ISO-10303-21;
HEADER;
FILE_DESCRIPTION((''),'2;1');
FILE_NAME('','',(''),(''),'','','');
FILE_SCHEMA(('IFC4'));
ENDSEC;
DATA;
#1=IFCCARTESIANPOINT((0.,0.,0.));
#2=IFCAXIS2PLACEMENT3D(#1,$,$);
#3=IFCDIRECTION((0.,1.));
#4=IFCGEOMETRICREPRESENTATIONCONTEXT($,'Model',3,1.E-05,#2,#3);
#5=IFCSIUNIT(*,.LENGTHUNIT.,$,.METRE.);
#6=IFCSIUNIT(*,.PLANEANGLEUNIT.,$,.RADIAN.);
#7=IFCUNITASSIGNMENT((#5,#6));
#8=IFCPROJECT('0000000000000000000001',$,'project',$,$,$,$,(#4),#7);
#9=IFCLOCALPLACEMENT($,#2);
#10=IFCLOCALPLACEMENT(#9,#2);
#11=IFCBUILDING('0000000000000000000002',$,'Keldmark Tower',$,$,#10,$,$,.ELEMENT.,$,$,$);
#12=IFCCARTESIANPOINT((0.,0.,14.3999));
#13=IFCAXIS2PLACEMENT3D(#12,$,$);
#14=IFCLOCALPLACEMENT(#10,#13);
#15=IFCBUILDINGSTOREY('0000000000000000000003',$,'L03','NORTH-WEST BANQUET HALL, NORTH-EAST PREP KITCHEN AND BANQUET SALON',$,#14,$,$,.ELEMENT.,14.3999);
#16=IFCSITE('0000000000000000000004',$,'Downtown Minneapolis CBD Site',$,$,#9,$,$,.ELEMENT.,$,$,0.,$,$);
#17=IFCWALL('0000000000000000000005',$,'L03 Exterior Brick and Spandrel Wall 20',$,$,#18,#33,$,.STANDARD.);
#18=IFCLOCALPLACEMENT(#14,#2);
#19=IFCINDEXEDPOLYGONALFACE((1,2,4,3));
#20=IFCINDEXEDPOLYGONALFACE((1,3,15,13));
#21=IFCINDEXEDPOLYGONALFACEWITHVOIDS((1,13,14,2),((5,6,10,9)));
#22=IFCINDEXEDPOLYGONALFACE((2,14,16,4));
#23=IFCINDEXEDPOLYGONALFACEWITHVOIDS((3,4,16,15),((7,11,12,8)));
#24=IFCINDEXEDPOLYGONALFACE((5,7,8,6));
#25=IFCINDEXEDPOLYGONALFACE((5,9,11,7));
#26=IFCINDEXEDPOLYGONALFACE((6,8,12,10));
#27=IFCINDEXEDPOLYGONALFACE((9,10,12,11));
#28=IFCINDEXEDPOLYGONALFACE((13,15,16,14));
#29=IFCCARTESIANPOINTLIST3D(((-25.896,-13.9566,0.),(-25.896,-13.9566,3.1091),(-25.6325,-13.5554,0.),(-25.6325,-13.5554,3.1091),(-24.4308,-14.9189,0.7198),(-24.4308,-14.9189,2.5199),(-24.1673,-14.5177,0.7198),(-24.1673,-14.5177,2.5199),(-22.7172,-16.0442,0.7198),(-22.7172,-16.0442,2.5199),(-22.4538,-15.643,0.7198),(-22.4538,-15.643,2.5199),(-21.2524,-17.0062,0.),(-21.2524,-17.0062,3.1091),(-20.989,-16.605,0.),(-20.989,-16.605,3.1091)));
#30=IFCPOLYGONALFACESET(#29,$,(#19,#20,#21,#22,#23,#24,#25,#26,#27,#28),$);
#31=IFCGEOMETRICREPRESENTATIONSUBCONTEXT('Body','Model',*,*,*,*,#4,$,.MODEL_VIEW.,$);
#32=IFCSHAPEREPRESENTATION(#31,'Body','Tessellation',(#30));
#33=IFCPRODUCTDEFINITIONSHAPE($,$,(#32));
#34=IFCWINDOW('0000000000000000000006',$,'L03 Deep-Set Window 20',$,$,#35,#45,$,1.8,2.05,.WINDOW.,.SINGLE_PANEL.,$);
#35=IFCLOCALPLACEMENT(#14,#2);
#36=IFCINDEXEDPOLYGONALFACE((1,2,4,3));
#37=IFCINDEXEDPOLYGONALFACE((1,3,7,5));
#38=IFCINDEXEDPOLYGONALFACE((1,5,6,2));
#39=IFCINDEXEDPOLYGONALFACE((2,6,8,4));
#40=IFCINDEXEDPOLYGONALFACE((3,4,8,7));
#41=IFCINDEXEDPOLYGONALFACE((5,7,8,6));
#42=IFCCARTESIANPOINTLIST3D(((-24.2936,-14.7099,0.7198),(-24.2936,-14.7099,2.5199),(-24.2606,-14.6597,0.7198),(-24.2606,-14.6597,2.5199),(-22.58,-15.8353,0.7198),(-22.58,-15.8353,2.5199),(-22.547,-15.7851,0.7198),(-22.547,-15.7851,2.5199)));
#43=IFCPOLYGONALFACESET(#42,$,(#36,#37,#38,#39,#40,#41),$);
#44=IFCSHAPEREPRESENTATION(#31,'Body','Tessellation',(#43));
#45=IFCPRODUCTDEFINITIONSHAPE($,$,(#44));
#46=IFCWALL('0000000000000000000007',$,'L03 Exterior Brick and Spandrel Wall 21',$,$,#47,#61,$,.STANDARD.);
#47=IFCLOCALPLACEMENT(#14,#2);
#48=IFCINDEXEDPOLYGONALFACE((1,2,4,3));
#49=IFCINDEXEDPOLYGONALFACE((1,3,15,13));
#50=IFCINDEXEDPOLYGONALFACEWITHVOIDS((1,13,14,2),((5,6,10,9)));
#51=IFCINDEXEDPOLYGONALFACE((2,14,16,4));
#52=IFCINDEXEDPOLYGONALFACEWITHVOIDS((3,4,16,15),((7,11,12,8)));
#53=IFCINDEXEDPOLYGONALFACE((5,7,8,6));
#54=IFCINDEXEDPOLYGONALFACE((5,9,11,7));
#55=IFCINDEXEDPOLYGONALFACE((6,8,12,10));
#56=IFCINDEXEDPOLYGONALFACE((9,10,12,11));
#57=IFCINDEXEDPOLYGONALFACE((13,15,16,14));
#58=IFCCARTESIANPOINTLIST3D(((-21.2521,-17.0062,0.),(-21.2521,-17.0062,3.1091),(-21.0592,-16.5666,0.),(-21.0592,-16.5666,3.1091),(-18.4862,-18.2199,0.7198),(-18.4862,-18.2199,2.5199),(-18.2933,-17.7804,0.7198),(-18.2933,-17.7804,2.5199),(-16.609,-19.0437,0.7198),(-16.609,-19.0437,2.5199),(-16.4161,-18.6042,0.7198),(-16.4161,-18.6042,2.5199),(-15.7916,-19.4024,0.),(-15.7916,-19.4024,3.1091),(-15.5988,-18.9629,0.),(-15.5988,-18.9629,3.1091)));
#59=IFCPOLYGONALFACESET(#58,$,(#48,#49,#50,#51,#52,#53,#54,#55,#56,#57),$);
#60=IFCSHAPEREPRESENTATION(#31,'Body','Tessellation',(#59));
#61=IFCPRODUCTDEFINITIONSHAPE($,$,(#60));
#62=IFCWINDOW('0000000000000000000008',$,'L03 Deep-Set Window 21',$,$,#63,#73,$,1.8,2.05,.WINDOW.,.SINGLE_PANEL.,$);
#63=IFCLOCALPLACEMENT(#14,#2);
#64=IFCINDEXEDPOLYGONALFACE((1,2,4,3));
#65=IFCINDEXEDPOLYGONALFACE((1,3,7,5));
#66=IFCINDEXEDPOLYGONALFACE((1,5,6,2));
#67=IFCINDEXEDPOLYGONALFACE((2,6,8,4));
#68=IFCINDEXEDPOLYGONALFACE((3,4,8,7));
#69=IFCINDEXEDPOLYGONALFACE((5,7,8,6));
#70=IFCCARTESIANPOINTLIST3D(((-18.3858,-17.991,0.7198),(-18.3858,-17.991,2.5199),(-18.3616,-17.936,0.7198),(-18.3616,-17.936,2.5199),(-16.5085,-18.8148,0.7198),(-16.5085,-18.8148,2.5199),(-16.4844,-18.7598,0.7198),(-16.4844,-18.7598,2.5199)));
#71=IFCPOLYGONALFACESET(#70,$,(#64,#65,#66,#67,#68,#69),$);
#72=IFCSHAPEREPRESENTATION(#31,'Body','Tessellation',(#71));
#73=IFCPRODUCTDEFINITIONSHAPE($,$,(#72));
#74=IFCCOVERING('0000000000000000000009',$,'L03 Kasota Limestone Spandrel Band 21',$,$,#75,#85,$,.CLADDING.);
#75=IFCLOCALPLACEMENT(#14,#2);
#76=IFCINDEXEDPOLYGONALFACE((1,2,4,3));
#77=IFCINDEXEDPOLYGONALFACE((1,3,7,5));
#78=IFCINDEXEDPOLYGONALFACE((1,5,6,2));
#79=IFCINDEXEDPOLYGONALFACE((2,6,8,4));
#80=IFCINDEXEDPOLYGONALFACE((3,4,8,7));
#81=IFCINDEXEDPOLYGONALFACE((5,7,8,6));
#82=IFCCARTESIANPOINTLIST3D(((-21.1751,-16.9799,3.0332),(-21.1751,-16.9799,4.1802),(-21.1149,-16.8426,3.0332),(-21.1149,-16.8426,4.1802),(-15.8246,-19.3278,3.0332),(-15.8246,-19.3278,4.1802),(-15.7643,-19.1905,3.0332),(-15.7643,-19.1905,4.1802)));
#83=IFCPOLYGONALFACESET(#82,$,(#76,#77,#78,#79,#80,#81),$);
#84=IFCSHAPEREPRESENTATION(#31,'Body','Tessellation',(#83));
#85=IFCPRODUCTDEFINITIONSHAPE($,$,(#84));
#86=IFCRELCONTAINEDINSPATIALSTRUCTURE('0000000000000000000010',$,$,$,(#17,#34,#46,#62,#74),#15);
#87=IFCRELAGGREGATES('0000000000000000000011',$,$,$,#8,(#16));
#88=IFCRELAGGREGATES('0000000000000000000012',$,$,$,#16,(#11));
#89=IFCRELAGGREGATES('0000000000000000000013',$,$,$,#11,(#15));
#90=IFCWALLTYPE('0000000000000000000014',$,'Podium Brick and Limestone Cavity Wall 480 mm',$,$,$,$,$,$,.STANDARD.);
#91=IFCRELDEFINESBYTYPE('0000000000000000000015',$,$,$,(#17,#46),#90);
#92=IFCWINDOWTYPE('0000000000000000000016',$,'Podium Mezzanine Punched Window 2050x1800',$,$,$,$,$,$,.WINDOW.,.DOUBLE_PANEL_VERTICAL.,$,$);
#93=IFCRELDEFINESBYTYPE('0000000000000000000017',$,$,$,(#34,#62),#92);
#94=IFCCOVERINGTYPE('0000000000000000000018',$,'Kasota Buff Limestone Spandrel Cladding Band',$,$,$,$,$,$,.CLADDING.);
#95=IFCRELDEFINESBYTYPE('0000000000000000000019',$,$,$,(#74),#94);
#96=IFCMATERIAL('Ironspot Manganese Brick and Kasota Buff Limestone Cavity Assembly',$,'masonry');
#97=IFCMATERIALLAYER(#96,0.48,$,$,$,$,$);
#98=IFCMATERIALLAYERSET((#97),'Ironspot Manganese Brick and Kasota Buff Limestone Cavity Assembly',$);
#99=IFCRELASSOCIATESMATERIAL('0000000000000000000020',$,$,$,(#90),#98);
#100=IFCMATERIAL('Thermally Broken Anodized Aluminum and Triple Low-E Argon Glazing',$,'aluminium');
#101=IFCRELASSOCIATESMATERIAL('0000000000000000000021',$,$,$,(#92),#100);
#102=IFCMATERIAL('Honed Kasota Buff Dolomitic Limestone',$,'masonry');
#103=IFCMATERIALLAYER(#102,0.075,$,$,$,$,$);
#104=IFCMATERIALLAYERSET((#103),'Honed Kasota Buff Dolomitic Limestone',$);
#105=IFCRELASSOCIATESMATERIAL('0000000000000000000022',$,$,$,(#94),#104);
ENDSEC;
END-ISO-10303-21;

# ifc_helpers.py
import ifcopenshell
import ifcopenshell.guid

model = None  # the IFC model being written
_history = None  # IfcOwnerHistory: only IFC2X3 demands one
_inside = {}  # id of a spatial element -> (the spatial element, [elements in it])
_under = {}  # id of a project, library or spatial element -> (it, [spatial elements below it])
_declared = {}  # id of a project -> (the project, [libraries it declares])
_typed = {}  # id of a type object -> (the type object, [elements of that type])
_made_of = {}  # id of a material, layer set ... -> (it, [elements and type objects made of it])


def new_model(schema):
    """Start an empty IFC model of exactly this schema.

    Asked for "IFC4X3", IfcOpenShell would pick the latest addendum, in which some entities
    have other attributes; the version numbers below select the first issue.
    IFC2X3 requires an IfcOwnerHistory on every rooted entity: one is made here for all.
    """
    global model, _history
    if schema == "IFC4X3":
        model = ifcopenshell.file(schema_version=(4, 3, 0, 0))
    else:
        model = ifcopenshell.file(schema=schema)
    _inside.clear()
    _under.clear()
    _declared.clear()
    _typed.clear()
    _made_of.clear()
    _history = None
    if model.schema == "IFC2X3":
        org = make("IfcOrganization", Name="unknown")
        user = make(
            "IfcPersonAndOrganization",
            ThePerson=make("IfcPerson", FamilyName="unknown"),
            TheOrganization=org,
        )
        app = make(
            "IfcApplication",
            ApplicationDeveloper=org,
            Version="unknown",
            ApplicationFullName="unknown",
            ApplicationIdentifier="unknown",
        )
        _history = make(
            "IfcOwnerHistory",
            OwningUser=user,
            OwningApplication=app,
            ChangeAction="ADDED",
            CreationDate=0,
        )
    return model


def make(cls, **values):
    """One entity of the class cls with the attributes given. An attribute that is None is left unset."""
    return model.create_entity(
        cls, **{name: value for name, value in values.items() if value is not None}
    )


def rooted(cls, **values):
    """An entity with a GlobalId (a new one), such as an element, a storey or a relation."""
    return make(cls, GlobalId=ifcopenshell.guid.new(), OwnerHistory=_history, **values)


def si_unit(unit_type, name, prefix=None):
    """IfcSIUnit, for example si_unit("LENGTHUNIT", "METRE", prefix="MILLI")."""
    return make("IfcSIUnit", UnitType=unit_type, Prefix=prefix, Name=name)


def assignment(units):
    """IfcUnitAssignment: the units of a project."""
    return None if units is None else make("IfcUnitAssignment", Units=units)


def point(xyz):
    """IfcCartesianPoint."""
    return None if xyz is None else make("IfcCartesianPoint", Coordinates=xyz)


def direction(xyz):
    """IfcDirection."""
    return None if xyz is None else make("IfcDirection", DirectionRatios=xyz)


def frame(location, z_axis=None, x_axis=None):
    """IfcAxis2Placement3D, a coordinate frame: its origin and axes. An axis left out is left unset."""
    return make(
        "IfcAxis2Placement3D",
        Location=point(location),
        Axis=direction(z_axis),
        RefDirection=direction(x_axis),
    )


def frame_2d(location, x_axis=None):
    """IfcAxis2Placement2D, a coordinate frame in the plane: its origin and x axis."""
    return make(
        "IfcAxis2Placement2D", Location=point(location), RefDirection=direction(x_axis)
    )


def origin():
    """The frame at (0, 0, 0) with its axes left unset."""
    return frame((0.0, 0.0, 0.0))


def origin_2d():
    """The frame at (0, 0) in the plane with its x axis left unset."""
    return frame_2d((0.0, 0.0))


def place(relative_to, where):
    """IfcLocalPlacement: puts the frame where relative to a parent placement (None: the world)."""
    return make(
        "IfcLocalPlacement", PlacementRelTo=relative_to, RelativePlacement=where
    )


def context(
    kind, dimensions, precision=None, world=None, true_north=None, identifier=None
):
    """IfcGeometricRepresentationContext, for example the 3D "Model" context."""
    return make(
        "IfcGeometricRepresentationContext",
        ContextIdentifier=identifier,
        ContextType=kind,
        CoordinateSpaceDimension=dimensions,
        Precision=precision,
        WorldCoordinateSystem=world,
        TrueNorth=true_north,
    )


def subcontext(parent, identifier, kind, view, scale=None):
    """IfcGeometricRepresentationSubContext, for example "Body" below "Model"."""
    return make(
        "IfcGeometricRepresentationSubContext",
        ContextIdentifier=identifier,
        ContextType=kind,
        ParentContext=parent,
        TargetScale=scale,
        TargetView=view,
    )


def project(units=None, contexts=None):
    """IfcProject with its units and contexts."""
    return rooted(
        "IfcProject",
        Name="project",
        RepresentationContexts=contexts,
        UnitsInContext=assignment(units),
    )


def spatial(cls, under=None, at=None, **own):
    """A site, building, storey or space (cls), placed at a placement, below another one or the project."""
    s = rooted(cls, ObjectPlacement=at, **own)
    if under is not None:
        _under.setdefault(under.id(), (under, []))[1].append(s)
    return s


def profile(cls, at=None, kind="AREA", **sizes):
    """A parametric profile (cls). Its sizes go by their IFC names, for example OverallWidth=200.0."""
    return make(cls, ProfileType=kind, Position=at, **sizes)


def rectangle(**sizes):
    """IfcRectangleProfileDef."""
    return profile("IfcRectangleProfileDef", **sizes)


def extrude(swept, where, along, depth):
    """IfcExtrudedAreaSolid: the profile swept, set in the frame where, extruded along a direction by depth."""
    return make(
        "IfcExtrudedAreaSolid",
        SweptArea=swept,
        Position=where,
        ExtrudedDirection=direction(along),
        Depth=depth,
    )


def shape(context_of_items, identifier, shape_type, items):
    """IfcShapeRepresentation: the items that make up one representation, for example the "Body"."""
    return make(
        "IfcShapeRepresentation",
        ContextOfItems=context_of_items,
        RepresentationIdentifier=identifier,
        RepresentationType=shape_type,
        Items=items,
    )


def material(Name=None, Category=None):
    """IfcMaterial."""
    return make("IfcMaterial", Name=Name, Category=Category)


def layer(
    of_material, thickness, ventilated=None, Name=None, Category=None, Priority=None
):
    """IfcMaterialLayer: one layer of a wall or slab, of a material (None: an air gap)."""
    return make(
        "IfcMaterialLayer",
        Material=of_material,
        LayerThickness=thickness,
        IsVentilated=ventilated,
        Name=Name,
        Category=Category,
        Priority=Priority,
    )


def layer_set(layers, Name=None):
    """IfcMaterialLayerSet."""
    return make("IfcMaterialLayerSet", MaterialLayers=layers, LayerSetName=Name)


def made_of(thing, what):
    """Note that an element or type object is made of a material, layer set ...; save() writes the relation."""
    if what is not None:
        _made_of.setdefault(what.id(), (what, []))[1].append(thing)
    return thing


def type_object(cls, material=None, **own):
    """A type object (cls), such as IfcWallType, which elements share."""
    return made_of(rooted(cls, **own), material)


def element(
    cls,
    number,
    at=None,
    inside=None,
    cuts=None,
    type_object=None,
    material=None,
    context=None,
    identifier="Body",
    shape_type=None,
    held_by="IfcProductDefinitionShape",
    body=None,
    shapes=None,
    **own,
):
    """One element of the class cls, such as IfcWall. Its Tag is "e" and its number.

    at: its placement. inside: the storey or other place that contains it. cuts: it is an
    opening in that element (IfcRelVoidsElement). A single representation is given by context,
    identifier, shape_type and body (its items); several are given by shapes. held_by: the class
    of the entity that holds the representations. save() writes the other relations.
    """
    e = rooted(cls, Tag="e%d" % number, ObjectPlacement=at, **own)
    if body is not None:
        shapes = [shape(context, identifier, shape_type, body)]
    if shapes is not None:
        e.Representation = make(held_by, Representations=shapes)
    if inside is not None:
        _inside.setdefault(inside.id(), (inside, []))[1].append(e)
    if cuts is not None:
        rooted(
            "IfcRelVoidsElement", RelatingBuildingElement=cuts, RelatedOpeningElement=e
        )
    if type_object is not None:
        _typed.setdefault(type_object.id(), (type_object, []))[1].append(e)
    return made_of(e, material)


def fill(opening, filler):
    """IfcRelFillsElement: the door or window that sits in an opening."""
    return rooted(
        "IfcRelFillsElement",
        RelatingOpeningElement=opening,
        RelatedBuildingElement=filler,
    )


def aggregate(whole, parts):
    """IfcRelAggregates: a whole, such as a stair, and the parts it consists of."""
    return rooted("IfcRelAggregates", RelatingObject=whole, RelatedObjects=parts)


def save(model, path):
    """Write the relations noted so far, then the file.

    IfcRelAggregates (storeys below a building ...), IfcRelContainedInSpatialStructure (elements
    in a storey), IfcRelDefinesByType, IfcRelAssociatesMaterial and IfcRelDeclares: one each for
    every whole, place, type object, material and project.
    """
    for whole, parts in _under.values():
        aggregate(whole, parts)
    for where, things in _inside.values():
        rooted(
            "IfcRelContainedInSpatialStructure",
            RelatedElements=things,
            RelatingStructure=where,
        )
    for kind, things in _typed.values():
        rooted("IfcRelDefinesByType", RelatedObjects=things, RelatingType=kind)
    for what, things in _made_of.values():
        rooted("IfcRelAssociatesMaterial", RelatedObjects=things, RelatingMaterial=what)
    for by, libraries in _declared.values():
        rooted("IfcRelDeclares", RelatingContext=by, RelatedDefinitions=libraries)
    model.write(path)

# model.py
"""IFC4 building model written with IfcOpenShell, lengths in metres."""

from ifc_helpers import new_model, si_unit, direction, frame, frame_2d, origin, origin_2d, place, context, subcontext, project, spatial, rectangle, extrude, material, layer, layer_set, type_object, element, fill, save


model = new_model("IFC4")

# Units and contexts
model_context = context("Model", 3, precision=1e-05, world=origin(), true_north=direction((0.0, 1.0)))
body_context = subcontext(model_context, "Body", "Model", "MODEL_VIEW")
ifc_project = project(units=[si_unit("LENGTHUNIT", "METRE"), si_unit("PLANEANGLEUNIT", "RADIAN")], contexts=[model_context])

# Site, building, storey
site_placement = place(None, origin())
site = spatial("IfcSite", under=ifc_project, at=site_placement, Name="Downtown Minneapolis CBD Site", CompositionType="ELEMENT", RefElevation=0.0)
building_placement = place(site_placement, origin())
building = spatial("IfcBuilding", under=site, at=building_placement, Name="Keldmark Tower", CompositionType="ELEMENT")
storey_placement = place(building_placement, frame((0.0, 0.0, 14.3999)))
storey = spatial("IfcBuildingStorey", under=building, at=storey_placement, Name="L03", Description="NORTH-WEST BANQUET HALL, NORTH-EAST PREP KITCHEN AND BANQUET SALON", CompositionType="ELEMENT", Elevation=14.3999)

# Walls, openings, windows
ifc_material_1 = material(Name="Ironspot Manganese Brick and Kasota Buff Limestone Cavity Assembly", Category="masonry")
ifc_layer_1 = layer(ifc_material_1, 0.48)
ifc_layer_set_1 = layer_set([ifc_layer_1], Name="Ironspot Manganese Brick and Kasota Buff Limestone Cavity Assembly")
wall_type_1 = type_object("IfcWallType", Name="Podium Brick and Limestone Cavity Wall 480 mm", PredefinedType="STANDARD", material=ifc_layer_set_1)
ifc_material_2 = material(Name="Thermally Broken Anodized Aluminum and Triple Low-E Argon Glazing", Category="aluminium")
window_type = type_object("IfcWindowType", Name="Podium Mezzanine Punched Window 2050x1800", PartitioningType="DOUBLE_PANEL_VERTICAL", PredefinedType="WINDOW", material=ifc_material_2)
wall_1_placement = place(storey_placement, frame((-21.1206, -16.8057, 0.0), z_axis=(0.0, 0.0, 1.0), x_axis=(-0.835864, 0.548937, 0.0)))
wall_1 = element("IfcWall", 1, at=wall_1_placement, inside=storey, type_object=wall_type_1, Name="L03 Exterior Brick and Spandrel Wall 20", PredefinedType="STANDARD", context=body_context, shape_type="SweptSolid", body=[
    extrude(rectangle(XDim=5.5554, YDim=0.48, at=frame_2d((2.7778, 0.0))), origin(), (0.0, 0.0, 1.0), 3.1091),
])
opening_1_placement = place(wall_1_placement, frame((1.7527, 0.0, 0.72)))
opening_1 = element("IfcOpeningElement", 2, at=opening_1_placement, cuts=wall_1, PredefinedType="OPENING", context=body_context, shape_type="SweptSolid", body=[
    extrude(rectangle(XDim=2.05, YDim=1.8, at=frame_2d((1.0249, 0.8999))), frame((0.0, 0.25, 0.0), z_axis=(0.0, -1.0, 0.0), x_axis=(1.0, 0.0, 0.0)), (0.0, 0.0, 1.0), 0.5),
])
window_1_placement = place(opening_1_placement, origin())
window_1 = element("IfcWindow", 3, at=window_1_placement, inside=storey, type_object=window_type, Name="L03 Deep-Set Window 20", OverallHeight=1.8, OverallWidth=2.05, PartitioningType="SINGLE_PANEL", PredefinedType="WINDOW", context=body_context, shape_type="SweptSolid", body=[
    extrude(rectangle(XDim=2.05, YDim=1.8, at=frame_2d((1.0249, 0.8999))), frame((0.0, -0.01, 0.0), z_axis=(0.0, -1.0, 0.0), x_axis=(1.0, 0.0, 0.0)), (0.0, 0.0, 1.0), 0.0601),
])
fill(opening_1, window_1)
wall_2_placement = place(storey_placement, frame((-15.6953, -19.1826, 0.0), z_axis=(0.0, 0.0, 1.0), x_axis=(-0.915708, 0.401845, 0.0)))
wall_2 = element("IfcWall", 4, at=wall_2_placement, inside=storey, type_object=wall_type_1, Name="L03 Exterior Brick and Spandrel Wall 21", PredefinedType="STANDARD", context=body_context, shape_type="SweptSolid", body=[
    extrude(rectangle(XDim=5.9631, YDim=0.48, at=frame_2d((2.9814, 0.0))), origin(), (0.0, 0.0, 1.0), 3.1091),
])
opening_2_placement = place(wall_2_placement, frame((0.8926, 0.0, 0.72)))
opening_2 = element("IfcOpeningElement", 5, at=opening_2_placement, cuts=wall_2, PredefinedType="OPENING", context=body_context, shape_type="SweptSolid", body=[
    extrude(rectangle(XDim=2.05, YDim=1.8, at=frame_2d((1.0249, 0.8999))), frame((0.0, 0.25, 0.0), z_axis=(0.0, -1.0, 0.0), x_axis=(1.0, 0.0, 0.0)), (0.0, 0.0, 1.0), 0.5),
])
window_2_placement = place(opening_2_placement, origin())
window_2 = element("IfcWindow", 6, at=window_2_placement, inside=storey, type_object=window_type, Name="L03 Deep-Set Window 21", OverallHeight=1.8, OverallWidth=2.05, PartitioningType="SINGLE_PANEL", PredefinedType="WINDOW", context=body_context, shape_type="SweptSolid", body=[
    extrude(rectangle(XDim=2.05, YDim=1.8, at=frame_2d((1.0249, 0.8999))), frame((0.0, -0.01, 0.0), z_axis=(0.0, -1.0, 0.0), x_axis=(1.0, 0.0, 0.0)), (0.0, 0.0, 1.0), 0.0601),
])
fill(opening_2, window_2)

# Covering
ifc_material_3 = material(Name="Honed Kasota Buff Dolomitic Limestone", Category="masonry")
ifc_layer_2 = layer(ifc_material_3, 0.075)
ifc_layer_set_2 = layer_set([ifc_layer_2], Name="Honed Kasota Buff Dolomitic Limestone")
covering_type = type_object("IfcCoveringType", Name="Kasota Buff Limestone Spandrel Cladding Band", PredefinedType="CLADDING", material=ifc_layer_set_2)
covering_placement = place(storey_placement, frame((-18.4697, -18.0852, 3.0332), z_axis=(0.0, 0.0, 1.0), x_axis=(0.915712, -0.401836, 0.0)))
element("IfcCovering", 7, at=covering_placement, inside=storey, type_object=covering_type, Name="L03 Kasota Limestone Spandrel Band 21", PredefinedType="CLADDING", context=body_context, shape_type="SweptSolid", body=[
    extrude(rectangle(XDim=5.843, YDim=0.1499, at=origin_2d()), origin(), (0.0, 0.0, 1.0), 1.147),
])

save(model, "model.ifc")
